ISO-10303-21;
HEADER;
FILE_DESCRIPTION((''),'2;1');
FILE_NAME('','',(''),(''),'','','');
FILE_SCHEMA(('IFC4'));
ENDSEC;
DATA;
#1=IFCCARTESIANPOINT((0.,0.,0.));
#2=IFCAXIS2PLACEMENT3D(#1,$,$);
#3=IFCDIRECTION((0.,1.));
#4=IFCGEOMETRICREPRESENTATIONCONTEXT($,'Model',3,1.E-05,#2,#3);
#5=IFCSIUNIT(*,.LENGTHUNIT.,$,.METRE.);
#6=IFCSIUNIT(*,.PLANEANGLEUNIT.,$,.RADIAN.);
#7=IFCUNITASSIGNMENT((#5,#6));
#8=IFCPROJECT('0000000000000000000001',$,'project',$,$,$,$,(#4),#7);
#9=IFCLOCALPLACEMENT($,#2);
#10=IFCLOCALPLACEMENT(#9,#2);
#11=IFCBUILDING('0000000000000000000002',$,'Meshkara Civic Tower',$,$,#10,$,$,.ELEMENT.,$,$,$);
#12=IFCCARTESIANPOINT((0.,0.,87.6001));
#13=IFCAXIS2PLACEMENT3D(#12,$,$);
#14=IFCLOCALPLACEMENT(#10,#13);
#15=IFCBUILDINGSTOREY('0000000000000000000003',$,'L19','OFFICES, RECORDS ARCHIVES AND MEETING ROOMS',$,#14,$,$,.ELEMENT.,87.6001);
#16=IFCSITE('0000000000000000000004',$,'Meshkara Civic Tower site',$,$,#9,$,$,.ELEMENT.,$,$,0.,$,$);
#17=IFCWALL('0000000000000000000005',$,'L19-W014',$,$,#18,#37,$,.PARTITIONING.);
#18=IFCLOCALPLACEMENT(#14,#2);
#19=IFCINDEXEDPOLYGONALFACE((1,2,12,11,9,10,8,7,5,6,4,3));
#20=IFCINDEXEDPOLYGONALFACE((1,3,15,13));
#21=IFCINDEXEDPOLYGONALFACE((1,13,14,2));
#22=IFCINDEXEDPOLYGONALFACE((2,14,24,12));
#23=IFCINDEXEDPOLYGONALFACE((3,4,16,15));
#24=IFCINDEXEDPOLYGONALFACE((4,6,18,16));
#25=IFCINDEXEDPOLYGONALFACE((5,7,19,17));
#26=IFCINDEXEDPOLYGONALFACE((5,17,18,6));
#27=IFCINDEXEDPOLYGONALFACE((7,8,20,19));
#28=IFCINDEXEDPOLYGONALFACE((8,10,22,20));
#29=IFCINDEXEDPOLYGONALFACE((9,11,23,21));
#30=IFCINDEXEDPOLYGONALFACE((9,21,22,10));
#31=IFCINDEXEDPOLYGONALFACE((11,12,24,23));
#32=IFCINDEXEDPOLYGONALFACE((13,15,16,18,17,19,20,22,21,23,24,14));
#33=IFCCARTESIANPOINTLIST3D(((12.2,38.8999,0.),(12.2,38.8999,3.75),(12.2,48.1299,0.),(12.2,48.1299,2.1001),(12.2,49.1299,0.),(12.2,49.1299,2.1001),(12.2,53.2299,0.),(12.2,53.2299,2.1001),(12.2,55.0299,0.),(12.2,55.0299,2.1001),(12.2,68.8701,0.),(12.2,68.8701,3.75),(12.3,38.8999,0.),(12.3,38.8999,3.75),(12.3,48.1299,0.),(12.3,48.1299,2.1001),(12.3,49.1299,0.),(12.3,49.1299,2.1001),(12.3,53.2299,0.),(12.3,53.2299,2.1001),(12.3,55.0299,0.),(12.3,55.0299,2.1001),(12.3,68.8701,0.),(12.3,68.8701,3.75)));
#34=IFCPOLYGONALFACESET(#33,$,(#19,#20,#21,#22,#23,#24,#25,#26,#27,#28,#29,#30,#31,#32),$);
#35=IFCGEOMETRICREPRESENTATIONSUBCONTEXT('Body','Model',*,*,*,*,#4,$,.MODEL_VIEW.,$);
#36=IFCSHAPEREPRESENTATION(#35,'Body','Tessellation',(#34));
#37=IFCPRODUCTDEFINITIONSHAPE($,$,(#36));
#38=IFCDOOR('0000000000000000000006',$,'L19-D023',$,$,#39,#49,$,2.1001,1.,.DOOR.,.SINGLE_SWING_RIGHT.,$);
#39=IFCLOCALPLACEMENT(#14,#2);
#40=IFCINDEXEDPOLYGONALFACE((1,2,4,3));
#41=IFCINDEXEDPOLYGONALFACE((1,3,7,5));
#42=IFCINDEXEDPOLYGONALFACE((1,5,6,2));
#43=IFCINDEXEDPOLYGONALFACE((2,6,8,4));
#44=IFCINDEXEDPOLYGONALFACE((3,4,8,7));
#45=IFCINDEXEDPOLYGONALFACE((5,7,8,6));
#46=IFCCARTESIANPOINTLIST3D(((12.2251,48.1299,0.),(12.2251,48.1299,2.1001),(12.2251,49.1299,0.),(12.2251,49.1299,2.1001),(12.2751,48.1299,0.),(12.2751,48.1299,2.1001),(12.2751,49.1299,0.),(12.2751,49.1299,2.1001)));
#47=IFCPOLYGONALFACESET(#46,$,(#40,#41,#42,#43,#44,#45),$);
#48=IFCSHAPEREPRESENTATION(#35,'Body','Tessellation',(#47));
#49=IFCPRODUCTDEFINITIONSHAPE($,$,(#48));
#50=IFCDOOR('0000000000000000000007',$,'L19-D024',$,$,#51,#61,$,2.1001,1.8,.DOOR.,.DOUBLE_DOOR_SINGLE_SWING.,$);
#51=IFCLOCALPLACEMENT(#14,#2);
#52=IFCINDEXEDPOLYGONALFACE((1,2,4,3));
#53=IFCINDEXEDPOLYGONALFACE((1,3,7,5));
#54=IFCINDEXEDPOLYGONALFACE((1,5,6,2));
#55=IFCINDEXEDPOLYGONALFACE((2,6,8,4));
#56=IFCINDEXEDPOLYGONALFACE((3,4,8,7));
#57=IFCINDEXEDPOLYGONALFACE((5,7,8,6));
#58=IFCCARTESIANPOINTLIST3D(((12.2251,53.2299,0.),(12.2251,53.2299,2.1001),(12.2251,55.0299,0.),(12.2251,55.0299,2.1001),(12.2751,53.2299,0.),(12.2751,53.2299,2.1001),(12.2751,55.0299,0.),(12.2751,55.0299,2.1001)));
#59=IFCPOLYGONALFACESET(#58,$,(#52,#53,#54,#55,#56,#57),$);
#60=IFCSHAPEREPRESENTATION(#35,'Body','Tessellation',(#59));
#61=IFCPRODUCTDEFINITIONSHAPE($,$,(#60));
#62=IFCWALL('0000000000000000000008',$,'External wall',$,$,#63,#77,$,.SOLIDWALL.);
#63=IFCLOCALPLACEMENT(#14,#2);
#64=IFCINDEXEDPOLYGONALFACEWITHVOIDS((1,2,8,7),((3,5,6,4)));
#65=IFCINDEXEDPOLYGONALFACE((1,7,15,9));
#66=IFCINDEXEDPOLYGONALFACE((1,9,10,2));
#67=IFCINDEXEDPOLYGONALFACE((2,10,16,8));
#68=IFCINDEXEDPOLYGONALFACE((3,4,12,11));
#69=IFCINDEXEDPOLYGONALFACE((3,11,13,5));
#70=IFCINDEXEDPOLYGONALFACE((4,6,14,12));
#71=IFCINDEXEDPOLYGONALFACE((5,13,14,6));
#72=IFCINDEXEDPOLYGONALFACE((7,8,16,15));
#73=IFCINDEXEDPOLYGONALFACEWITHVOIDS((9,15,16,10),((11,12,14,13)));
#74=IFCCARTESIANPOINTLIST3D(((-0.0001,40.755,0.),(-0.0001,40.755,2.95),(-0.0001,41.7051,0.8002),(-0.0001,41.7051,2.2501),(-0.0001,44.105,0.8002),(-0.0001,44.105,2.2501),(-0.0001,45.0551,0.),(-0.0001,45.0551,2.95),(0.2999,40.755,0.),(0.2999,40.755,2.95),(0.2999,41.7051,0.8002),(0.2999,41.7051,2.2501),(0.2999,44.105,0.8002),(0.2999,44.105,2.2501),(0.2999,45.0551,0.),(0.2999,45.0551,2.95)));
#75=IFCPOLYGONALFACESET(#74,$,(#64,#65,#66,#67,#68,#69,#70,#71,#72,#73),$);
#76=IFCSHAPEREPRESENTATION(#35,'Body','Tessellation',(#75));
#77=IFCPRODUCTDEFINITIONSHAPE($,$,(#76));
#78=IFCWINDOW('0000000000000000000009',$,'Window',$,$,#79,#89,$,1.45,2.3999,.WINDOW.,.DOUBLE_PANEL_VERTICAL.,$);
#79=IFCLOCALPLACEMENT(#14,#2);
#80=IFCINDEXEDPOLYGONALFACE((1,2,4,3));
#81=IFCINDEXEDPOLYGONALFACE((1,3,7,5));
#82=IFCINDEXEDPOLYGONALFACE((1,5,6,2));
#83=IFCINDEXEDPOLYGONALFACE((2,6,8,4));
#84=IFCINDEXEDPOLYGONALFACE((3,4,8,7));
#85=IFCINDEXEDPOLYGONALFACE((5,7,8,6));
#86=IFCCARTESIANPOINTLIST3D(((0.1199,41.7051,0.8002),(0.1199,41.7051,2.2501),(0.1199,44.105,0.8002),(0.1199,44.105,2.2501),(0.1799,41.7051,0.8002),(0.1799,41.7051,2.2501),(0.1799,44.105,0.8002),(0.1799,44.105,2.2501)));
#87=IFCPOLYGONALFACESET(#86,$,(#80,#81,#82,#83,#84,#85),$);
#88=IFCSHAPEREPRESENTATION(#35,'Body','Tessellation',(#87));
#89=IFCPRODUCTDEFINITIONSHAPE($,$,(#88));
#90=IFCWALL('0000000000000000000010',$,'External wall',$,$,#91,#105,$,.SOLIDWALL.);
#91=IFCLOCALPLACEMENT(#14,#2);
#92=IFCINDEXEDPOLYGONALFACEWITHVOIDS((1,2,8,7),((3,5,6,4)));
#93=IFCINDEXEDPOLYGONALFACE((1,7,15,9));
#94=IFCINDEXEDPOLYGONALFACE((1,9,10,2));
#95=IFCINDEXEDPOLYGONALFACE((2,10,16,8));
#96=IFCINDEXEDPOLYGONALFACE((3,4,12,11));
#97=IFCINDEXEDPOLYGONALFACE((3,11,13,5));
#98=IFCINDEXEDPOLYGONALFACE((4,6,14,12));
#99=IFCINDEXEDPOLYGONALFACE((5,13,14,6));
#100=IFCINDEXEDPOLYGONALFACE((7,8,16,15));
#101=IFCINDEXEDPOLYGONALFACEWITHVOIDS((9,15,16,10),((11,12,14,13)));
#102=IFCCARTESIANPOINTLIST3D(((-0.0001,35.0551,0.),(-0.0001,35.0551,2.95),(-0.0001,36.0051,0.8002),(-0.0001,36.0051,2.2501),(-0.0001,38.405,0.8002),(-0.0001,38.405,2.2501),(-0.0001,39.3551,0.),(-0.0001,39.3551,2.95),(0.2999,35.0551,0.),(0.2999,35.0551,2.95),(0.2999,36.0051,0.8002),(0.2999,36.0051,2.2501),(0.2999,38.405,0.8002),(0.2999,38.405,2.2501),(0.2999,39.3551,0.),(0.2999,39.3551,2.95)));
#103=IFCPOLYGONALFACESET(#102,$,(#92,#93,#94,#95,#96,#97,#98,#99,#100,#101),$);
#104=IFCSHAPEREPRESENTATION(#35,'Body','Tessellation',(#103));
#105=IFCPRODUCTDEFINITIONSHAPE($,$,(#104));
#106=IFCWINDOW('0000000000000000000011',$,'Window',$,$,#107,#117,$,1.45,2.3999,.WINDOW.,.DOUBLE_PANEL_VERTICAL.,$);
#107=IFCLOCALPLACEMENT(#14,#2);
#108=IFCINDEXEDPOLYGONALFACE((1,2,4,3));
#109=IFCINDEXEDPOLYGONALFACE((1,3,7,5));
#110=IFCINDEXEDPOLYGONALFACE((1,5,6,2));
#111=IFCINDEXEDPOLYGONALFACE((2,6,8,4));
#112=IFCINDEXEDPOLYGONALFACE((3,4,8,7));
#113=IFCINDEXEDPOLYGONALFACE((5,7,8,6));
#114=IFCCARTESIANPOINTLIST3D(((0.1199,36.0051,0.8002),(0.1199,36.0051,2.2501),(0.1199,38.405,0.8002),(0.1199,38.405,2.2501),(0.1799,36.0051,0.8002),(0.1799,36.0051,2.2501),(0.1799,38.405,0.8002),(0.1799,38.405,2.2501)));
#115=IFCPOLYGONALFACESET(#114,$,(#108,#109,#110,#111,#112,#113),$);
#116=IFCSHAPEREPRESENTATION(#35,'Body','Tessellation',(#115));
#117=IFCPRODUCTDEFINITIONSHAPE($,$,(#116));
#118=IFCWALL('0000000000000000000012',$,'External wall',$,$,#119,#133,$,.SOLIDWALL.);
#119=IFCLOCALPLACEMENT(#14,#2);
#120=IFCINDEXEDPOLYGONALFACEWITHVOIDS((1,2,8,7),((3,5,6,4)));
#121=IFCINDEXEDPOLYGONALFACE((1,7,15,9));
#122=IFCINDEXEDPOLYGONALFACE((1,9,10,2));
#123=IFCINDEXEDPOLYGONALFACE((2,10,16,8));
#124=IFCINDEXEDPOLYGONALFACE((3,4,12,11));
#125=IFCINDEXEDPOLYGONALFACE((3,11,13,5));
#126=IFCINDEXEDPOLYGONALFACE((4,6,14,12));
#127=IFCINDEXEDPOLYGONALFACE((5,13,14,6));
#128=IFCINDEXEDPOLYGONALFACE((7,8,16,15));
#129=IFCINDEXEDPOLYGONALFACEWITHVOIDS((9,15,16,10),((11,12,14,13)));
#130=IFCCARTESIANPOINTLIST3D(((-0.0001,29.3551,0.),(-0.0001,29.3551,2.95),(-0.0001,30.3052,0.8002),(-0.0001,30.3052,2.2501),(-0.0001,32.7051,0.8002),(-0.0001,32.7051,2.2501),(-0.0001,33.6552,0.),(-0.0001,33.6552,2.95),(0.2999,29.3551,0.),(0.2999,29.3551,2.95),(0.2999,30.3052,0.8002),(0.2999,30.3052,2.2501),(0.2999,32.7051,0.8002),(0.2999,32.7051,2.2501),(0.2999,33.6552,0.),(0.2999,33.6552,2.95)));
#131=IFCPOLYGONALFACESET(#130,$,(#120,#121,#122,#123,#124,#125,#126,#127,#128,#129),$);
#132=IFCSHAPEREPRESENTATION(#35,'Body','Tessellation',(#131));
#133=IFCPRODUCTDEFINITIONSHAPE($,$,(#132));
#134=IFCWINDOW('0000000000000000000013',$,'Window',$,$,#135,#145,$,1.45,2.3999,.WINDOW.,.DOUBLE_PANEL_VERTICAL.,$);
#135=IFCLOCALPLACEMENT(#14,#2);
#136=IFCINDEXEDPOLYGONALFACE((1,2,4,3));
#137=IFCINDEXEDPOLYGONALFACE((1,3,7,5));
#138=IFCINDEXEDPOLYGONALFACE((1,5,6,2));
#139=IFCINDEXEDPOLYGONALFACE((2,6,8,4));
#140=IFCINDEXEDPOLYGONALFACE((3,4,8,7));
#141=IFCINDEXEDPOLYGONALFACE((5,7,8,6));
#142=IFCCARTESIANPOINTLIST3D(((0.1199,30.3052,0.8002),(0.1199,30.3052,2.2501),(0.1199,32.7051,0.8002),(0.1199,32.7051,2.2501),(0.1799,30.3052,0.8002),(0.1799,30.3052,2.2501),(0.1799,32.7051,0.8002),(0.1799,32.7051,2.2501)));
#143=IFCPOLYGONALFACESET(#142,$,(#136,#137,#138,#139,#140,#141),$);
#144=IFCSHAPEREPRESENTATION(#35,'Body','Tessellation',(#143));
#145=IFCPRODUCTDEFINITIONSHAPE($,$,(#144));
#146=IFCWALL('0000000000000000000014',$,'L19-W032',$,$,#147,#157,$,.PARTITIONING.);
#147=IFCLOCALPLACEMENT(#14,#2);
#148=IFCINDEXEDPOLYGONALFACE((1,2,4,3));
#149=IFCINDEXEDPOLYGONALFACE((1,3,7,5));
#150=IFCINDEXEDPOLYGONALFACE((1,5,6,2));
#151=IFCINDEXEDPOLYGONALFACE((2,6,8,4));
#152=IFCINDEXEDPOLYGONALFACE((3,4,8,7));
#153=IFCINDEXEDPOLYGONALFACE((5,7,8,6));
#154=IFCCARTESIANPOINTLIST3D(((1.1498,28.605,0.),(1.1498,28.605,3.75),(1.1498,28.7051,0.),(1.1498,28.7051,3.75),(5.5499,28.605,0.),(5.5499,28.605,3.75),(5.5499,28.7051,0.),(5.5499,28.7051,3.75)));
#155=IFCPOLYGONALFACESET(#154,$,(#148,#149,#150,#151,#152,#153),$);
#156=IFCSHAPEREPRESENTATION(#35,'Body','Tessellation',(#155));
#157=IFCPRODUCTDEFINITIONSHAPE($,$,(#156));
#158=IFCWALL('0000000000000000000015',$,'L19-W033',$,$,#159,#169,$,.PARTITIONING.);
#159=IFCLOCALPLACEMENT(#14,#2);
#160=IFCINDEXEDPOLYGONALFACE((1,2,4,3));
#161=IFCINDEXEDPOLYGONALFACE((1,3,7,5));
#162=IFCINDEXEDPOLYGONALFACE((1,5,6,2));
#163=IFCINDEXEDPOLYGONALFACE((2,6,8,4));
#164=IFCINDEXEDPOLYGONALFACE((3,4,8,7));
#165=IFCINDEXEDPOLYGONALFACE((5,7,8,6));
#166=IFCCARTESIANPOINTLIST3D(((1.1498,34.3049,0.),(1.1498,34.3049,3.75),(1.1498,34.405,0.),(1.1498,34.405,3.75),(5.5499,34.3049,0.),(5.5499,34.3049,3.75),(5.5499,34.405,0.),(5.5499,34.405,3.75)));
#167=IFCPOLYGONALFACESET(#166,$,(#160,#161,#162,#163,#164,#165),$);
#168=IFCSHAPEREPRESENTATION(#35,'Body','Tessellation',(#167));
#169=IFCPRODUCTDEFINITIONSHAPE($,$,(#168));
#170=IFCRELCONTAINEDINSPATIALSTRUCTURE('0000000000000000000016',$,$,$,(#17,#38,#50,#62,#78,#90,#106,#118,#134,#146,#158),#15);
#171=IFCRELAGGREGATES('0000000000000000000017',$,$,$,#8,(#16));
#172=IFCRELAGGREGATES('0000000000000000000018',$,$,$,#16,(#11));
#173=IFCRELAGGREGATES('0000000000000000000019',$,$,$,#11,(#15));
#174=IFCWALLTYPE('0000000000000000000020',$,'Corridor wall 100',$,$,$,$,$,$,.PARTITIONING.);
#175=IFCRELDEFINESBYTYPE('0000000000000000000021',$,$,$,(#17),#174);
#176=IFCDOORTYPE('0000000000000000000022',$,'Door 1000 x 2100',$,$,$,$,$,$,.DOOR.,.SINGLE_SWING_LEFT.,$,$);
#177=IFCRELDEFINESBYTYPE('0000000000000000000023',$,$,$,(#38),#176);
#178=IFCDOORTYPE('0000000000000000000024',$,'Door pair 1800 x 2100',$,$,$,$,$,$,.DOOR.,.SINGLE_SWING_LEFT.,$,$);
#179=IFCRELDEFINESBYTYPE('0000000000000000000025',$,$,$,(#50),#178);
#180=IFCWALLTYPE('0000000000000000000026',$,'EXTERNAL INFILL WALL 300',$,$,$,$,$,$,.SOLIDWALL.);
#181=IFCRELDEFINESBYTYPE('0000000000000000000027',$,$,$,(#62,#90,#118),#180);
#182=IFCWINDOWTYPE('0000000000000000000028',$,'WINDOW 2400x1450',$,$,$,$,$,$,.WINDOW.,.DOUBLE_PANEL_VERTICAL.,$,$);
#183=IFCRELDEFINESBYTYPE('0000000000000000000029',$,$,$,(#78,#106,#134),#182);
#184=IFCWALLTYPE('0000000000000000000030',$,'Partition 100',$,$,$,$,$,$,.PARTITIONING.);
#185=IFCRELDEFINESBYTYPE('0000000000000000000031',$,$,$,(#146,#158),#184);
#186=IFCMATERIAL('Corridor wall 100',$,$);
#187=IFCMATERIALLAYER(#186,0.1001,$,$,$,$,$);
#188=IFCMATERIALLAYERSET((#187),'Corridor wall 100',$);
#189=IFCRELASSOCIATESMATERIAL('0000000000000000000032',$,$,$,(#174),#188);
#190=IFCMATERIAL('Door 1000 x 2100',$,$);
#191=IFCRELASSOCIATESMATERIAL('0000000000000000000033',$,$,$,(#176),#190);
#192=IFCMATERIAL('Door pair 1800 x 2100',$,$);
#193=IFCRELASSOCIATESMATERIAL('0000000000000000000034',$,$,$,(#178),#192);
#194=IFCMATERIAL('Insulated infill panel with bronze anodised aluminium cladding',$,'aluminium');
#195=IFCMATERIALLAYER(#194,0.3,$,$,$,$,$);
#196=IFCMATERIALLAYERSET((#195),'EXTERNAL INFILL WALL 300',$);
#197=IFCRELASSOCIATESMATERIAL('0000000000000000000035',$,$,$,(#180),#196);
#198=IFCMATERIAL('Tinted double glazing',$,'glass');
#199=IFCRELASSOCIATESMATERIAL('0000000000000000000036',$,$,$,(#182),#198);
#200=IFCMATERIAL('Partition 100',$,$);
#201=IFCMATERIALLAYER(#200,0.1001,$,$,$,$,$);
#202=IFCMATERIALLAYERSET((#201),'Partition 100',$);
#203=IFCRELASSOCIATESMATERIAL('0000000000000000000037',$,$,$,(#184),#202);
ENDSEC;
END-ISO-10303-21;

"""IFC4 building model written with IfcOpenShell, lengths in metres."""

from ifc_helpers import new_model, si_unit, direction, frame, frame_2d, origin, place, context, subcontext, project, spatial, rectangle, extrude, material, layer, layer_set, type_object, element, fill, save


model = new_model("IFC4")

# Units and contexts
model_context = context("Model", 3, precision=1e-05, world=origin(), true_north=direction((0.0, 1.0)))
body_context = subcontext(model_context, "Body", "Model", "MODEL_VIEW")
ifc_project = project(units=[si_unit("LENGTHUNIT", "METRE"), si_unit("PLANEANGLEUNIT", "RADIAN")], contexts=[model_context])

# Site, building, storey
site_placement = place(None, origin())
site = spatial("IfcSite", under=ifc_project, at=site_placement, Name="Meshkara Civic Tower site", CompositionType="ELEMENT", RefElevation=0.0)
building_placement = place(site_placement, origin())
building = spatial("IfcBuilding", under=site, at=building_placement, Name="Meshkara Civic Tower", CompositionType="ELEMENT")
storey_placement = place(building_placement, frame((0.0, 0.0, 87.6001)))
storey = spatial("IfcBuildingStorey", under=building, at=storey_placement, Name="L19", Description="OFFICES, RECORDS ARCHIVES AND MEETING ROOMS", CompositionType="ELEMENT", Elevation=87.6001)

# Shared definitions
ifc_material_1 = material(Name="Corridor wall 100")
ifc_layer_1 = layer(ifc_material_1, 0.1001)
ifc_layer_set_1 = layer_set([ifc_layer_1], Name="Corridor wall 100")
wall_type_1 = type_object("IfcWallType", Name="Corridor wall 100", PredefinedType="PARTITIONING", material=ifc_layer_set_1)

# Wall, openings, doors
wall_1_placement = place(storey_placement, frame((12.25, 38.8999, 0.0), z_axis=(0.0, 0.0, 1.0), x_axis=(0.0, 1.0, 0.0)))
wall_1 = element("IfcWall", 1, at=wall_1_placement, inside=storey, type_object=wall_type_1, Name="L19-W014", PredefinedType="PARTITIONING", context=body_context, shape_type="SweptSolid", body=[
    extrude(rectangle(XDim=29.9702, YDim=0.1001, at=frame_2d((14.9851, 0.0))), origin(), (0.0, 0.0, 1.0), 3.75),
])
opening_1_placement = place(wall_1_placement, frame((9.23, 0.0, 0.0)))
opening_1 = element("IfcOpeningElement", 2, at=opening_1_placement, cuts=wall_1, PredefinedType="OPENING", context=body_context, shape_type="SweptSolid", body=[
    extrude(rectangle(XDim=1.0, YDim=2.1001, at=frame_2d((0.5, 1.05))), frame((0.0, 0.0601, 0.0), z_axis=(0.0, -1.0, 0.0), x_axis=(1.0, 0.0, 0.0)), (0.0, 0.0, 1.0), 0.1201),
])
opening_2_placement = place(wall_1_placement, frame((14.3301, 0.0, 0.0)))
opening_2 = element("IfcOpeningElement", 3, at=opening_2_placement, cuts=wall_1, PredefinedType="OPENING", context=body_context, shape_type="SweptSolid", body=[
    extrude(rectangle(XDim=1.8, YDim=2.1001, at=frame_2d((0.8999, 1.05))), frame((0.0, 0.0601, 0.0), z_axis=(0.0, -1.0, 0.0), x_axis=(1.0, 0.0, 0.0)), (0.0, 0.0, 1.0), 0.1201),
])
ifc_material_2 = material(Name="Door 1000 x 2100")
door_type_1 = type_object("IfcDoorType", Name="Door 1000 x 2100", OperationType="SINGLE_SWING_LEFT", PredefinedType="DOOR", material=ifc_material_2)
door_1_placement = place(opening_1_placement, origin())
door_1 = element("IfcDoor", 4, at=door_1_placement, inside=storey, type_object=door_type_1, Name="L19-D023", OperationType="SINGLE_SWING_RIGHT", OverallHeight=2.1001, OverallWidth=1.0, PredefinedType="DOOR", context=body_context, shape_type="SweptSolid", body=[
    extrude(rectangle(XDim=1.0, YDim=2.1001, at=frame_2d((0.5, 1.05))), frame((0.0, 0.0249, 0.0), z_axis=(0.0, -1.0, 0.0), x_axis=(1.0, 0.0, 0.0)), (0.0, 0.0, 1.0), 0.05),
])
fill(opening_1, door_1)
ifc_material_3 = material(Name="Door pair 1800 x 2100")
door_type_2 = type_object("IfcDoorType", Name="Door pair 1800 x 2100", OperationType="SINGLE_SWING_LEFT", PredefinedType="DOOR", material=ifc_material_3)
door_2_placement = place(opening_2_placement, origin())
door_2 = element("IfcDoor", 5, at=door_2_placement, inside=storey, type_object=door_type_2, Name="L19-D024", OperationType="DOUBLE_DOOR_SINGLE_SWING", OverallHeight=2.1001, OverallWidth=1.8, PredefinedType="DOOR", context=body_context, shape_type="SweptSolid", body=[
    extrude(rectangle(XDim=1.8, YDim=2.1001, at=frame_2d((0.8999, 1.05))), frame((0.0, 0.0249, 0.0), z_axis=(0.0, -1.0, 0.0), x_axis=(1.0, 0.0, 0.0)), (0.0, 0.0, 1.0), 0.05),
])
fill(opening_2, door_2)

# Walls, openings, windows
ifc_material_4 = material(Name="Insulated infill panel with bronze anodised aluminium cladding", Category="aluminium")
ifc_layer_2 = layer(ifc_material_4, 0.3)
ifc_layer_set_2 = layer_set([ifc_layer_2], Name="EXTERNAL INFILL WALL 300")
wall_type_2 = type_object("IfcWallType", Name="EXTERNAL INFILL WALL 300", PredefinedType="SOLIDWALL", material=ifc_layer_set_2)
wall_2_placement = place(storey_placement, frame((0.1499, 45.0549, 0.0), z_axis=(0.0, 0.0, 1.0), x_axis=(0.0, -1.0, 0.0)))
wall_2 = element("IfcWall", 6, at=wall_2_placement, inside=storey, type_object=wall_type_2, Name="External wall", PredefinedType="SOLIDWALL", context=body_context, shape_type="SweptSolid", body=[
    extrude(rectangle(XDim=4.3, YDim=0.3, at=frame_2d((2.1499, 0.0))), origin(), (0.0, 0.0, 1.0), 2.95),
])
opening_3_placement = place(wall_2_placement, frame((0.95, 0.0, 0.8)))
opening_3 = element("IfcOpeningElement", 7, at=opening_3_placement, cuts=wall_2, PredefinedType="OPENING", context=body_context, shape_type="SweptSolid", body=[
    extrude(rectangle(XDim=2.3999, YDim=1.45, at=frame_2d((1.2, 0.7251))), frame((0.0, 0.1599, 0.0), z_axis=(0.0, -1.0, 0.0), x_axis=(1.0, 0.0, 0.0)), (0.0, 0.0, 1.0), 0.3201),
])
ifc_material_5 = material(Name="Tinted double glazing", Category="glass")
window_type = type_object("IfcWindowType", Name="WINDOW 2400x1450", PartitioningType="DOUBLE_PANEL_VERTICAL", PredefinedType="WINDOW", material=ifc_material_5)
window_1_placement = place(opening_3_placement, origin())
window_1 = element("IfcWindow", 8, at=window_1_placement, inside=storey, type_object=window_type, Name="Window", OverallHeight=1.45, OverallWidth=2.3999, PartitioningType="DOUBLE_PANEL_VERTICAL", PredefinedType="WINDOW", context=body_context, shape_type="SweptSolid", body=[
    extrude(rectangle(XDim=2.3999, YDim=1.45, at=frame_2d((1.2, 0.7251))), frame((0.0, 0.03, 0.0), z_axis=(0.0, -1.0, 0.0), x_axis=(1.0, 0.0, 0.0)), (0.0, 0.0, 1.0), 0.0601),
])
fill(opening_3, window_1)
wall_3_placement = place(storey_placement, frame((0.1499, 39.355, 0.0), z_axis=(0.0, 0.0, 1.0), x_axis=(0.0, -1.0, 0.0)))
wall_3 = element("IfcWall", 9, at=wall_3_placement, inside=storey, type_object=wall_type_2, Name="External wall", PredefinedType="SOLIDWALL", context=body_context, shape_type="SweptSolid", body=[
    extrude(rectangle(XDim=4.3, YDim=0.3, at=frame_2d((2.1499, 0.0))), origin(), (0.0, 0.0, 1.0), 2.95),
])
opening_4_placement = place(wall_3_placement, frame((0.95, 0.0, 0.8)))
opening_4 = element("IfcOpeningElement", 10, at=opening_4_placement, cuts=wall_3, PredefinedType="OPENING", context=body_context, shape_type="SweptSolid", body=[
    extrude(rectangle(XDim=2.3999, YDim=1.45, at=frame_2d((1.2, 0.7251))), frame((0.0, 0.1599, 0.0), z_axis=(0.0, -1.0, 0.0), x_axis=(1.0, 0.0, 0.0)), (0.0, 0.0, 1.0), 0.3201),
])
window_2_placement = place(opening_4_placement, origin())
window_2 = element("IfcWindow", 11, at=window_2_placement, inside=storey, type_object=window_type, Name="Window", OverallHeight=1.45, OverallWidth=2.3999, PartitioningType="DOUBLE_PANEL_VERTICAL", PredefinedType="WINDOW", context=body_context, shape_type="SweptSolid", body=[
    extrude(rectangle(XDim=2.3999, YDim=1.45, at=frame_2d((1.2, 0.7251))), frame((0.0, 0.03, 0.0), z_axis=(0.0, -1.0, 0.0), x_axis=(1.0, 0.0, 0.0)), (0.0, 0.0, 1.0), 0.0601),
])
fill(opening_4, window_2)
wall_4_placement = place(storey_placement, frame((0.1499, 33.655, 0.0), z_axis=(0.0, 0.0, 1.0), x_axis=(0.0, -1.0, 0.0)))
wall_4 = element("IfcWall", 12, at=wall_4_placement, inside=storey, type_object=wall_type_2, Name="External wall", PredefinedType="SOLIDWALL", context=body_context, shape_type="SweptSolid", body=[
    extrude(rectangle(XDim=4.3, YDim=0.3, at=frame_2d((2.1499, 0.0))), origin(), (0.0, 0.0, 1.0), 2.95),
])
opening_5_placement = place(wall_4_placement, frame((0.95, 0.0, 0.8)))
opening_5 = element("IfcOpeningElement", 13, at=opening_5_placement, cuts=wall_4, PredefinedType="OPENING", context=body_context, shape_type="SweptSolid", body=[
    extrude(rectangle(XDim=2.3999, YDim=1.45, at=frame_2d((1.2, 0.7251))), frame((0.0, 0.1599, 0.0), z_axis=(0.0, -1.0, 0.0), x_axis=(1.0, 0.0, 0.0)), (0.0, 0.0, 1.0), 0.3201),
])
window_3_placement = place(opening_5_placement, origin())
window_3 = element("IfcWindow", 14, at=window_3_placement, inside=storey, type_object=window_type, Name="Window", OverallHeight=1.45, OverallWidth=2.3999, PartitioningType="DOUBLE_PANEL_VERTICAL", PredefinedType="WINDOW", context=body_context, shape_type="SweptSolid", body=[
    extrude(rectangle(XDim=2.3999, YDim=1.45, at=frame_2d((1.2, 0.7251))), frame((0.0, 0.03, 0.0), z_axis=(0.0, -1.0, 0.0), x_axis=(1.0, 0.0, 0.0)), (0.0, 0.0, 1.0), 0.0601),
])
fill(opening_5, window_3)

# Walls
ifc_material_6 = material(Name="Partition 100")
ifc_layer_3 = layer(ifc_material_6, 0.1001)
ifc_layer_set_3 = layer_set([ifc_layer_3], Name="Partition 100")
wall_type_3 = type_object("IfcWallType", Name="Partition 100", PredefinedType="PARTITIONING", material=ifc_layer_set_3)
for number, where, z_axis, x_axis, name in (
    (15, (5.55, 28.655, 0.0), (0.0, 0.0, 1.0), (-1.0, 0.0, 0.0), "L19-W032"),
    (16, (5.55, 34.355, 0.0), (0.0, 0.0, 1.0), (-1.0, 0.0, 0.0), "L19-W033"),
):
    element("IfcWall", number, at=place(storey_placement, frame(where, z_axis=z_axis, x_axis=x_axis)), inside=storey, type_object=wall_type_3, Name=name, PredefinedType="PARTITIONING", context=body_context, shape_type="SweptSolid", body=[
        extrude(rectangle(XDim=4.4001, YDim=0.1001, at=frame_2d((2.2002, 0.0))), origin(), (0.0, 0.0, 1.0), 3.75),
    ])

save(model, "model.ifc")
